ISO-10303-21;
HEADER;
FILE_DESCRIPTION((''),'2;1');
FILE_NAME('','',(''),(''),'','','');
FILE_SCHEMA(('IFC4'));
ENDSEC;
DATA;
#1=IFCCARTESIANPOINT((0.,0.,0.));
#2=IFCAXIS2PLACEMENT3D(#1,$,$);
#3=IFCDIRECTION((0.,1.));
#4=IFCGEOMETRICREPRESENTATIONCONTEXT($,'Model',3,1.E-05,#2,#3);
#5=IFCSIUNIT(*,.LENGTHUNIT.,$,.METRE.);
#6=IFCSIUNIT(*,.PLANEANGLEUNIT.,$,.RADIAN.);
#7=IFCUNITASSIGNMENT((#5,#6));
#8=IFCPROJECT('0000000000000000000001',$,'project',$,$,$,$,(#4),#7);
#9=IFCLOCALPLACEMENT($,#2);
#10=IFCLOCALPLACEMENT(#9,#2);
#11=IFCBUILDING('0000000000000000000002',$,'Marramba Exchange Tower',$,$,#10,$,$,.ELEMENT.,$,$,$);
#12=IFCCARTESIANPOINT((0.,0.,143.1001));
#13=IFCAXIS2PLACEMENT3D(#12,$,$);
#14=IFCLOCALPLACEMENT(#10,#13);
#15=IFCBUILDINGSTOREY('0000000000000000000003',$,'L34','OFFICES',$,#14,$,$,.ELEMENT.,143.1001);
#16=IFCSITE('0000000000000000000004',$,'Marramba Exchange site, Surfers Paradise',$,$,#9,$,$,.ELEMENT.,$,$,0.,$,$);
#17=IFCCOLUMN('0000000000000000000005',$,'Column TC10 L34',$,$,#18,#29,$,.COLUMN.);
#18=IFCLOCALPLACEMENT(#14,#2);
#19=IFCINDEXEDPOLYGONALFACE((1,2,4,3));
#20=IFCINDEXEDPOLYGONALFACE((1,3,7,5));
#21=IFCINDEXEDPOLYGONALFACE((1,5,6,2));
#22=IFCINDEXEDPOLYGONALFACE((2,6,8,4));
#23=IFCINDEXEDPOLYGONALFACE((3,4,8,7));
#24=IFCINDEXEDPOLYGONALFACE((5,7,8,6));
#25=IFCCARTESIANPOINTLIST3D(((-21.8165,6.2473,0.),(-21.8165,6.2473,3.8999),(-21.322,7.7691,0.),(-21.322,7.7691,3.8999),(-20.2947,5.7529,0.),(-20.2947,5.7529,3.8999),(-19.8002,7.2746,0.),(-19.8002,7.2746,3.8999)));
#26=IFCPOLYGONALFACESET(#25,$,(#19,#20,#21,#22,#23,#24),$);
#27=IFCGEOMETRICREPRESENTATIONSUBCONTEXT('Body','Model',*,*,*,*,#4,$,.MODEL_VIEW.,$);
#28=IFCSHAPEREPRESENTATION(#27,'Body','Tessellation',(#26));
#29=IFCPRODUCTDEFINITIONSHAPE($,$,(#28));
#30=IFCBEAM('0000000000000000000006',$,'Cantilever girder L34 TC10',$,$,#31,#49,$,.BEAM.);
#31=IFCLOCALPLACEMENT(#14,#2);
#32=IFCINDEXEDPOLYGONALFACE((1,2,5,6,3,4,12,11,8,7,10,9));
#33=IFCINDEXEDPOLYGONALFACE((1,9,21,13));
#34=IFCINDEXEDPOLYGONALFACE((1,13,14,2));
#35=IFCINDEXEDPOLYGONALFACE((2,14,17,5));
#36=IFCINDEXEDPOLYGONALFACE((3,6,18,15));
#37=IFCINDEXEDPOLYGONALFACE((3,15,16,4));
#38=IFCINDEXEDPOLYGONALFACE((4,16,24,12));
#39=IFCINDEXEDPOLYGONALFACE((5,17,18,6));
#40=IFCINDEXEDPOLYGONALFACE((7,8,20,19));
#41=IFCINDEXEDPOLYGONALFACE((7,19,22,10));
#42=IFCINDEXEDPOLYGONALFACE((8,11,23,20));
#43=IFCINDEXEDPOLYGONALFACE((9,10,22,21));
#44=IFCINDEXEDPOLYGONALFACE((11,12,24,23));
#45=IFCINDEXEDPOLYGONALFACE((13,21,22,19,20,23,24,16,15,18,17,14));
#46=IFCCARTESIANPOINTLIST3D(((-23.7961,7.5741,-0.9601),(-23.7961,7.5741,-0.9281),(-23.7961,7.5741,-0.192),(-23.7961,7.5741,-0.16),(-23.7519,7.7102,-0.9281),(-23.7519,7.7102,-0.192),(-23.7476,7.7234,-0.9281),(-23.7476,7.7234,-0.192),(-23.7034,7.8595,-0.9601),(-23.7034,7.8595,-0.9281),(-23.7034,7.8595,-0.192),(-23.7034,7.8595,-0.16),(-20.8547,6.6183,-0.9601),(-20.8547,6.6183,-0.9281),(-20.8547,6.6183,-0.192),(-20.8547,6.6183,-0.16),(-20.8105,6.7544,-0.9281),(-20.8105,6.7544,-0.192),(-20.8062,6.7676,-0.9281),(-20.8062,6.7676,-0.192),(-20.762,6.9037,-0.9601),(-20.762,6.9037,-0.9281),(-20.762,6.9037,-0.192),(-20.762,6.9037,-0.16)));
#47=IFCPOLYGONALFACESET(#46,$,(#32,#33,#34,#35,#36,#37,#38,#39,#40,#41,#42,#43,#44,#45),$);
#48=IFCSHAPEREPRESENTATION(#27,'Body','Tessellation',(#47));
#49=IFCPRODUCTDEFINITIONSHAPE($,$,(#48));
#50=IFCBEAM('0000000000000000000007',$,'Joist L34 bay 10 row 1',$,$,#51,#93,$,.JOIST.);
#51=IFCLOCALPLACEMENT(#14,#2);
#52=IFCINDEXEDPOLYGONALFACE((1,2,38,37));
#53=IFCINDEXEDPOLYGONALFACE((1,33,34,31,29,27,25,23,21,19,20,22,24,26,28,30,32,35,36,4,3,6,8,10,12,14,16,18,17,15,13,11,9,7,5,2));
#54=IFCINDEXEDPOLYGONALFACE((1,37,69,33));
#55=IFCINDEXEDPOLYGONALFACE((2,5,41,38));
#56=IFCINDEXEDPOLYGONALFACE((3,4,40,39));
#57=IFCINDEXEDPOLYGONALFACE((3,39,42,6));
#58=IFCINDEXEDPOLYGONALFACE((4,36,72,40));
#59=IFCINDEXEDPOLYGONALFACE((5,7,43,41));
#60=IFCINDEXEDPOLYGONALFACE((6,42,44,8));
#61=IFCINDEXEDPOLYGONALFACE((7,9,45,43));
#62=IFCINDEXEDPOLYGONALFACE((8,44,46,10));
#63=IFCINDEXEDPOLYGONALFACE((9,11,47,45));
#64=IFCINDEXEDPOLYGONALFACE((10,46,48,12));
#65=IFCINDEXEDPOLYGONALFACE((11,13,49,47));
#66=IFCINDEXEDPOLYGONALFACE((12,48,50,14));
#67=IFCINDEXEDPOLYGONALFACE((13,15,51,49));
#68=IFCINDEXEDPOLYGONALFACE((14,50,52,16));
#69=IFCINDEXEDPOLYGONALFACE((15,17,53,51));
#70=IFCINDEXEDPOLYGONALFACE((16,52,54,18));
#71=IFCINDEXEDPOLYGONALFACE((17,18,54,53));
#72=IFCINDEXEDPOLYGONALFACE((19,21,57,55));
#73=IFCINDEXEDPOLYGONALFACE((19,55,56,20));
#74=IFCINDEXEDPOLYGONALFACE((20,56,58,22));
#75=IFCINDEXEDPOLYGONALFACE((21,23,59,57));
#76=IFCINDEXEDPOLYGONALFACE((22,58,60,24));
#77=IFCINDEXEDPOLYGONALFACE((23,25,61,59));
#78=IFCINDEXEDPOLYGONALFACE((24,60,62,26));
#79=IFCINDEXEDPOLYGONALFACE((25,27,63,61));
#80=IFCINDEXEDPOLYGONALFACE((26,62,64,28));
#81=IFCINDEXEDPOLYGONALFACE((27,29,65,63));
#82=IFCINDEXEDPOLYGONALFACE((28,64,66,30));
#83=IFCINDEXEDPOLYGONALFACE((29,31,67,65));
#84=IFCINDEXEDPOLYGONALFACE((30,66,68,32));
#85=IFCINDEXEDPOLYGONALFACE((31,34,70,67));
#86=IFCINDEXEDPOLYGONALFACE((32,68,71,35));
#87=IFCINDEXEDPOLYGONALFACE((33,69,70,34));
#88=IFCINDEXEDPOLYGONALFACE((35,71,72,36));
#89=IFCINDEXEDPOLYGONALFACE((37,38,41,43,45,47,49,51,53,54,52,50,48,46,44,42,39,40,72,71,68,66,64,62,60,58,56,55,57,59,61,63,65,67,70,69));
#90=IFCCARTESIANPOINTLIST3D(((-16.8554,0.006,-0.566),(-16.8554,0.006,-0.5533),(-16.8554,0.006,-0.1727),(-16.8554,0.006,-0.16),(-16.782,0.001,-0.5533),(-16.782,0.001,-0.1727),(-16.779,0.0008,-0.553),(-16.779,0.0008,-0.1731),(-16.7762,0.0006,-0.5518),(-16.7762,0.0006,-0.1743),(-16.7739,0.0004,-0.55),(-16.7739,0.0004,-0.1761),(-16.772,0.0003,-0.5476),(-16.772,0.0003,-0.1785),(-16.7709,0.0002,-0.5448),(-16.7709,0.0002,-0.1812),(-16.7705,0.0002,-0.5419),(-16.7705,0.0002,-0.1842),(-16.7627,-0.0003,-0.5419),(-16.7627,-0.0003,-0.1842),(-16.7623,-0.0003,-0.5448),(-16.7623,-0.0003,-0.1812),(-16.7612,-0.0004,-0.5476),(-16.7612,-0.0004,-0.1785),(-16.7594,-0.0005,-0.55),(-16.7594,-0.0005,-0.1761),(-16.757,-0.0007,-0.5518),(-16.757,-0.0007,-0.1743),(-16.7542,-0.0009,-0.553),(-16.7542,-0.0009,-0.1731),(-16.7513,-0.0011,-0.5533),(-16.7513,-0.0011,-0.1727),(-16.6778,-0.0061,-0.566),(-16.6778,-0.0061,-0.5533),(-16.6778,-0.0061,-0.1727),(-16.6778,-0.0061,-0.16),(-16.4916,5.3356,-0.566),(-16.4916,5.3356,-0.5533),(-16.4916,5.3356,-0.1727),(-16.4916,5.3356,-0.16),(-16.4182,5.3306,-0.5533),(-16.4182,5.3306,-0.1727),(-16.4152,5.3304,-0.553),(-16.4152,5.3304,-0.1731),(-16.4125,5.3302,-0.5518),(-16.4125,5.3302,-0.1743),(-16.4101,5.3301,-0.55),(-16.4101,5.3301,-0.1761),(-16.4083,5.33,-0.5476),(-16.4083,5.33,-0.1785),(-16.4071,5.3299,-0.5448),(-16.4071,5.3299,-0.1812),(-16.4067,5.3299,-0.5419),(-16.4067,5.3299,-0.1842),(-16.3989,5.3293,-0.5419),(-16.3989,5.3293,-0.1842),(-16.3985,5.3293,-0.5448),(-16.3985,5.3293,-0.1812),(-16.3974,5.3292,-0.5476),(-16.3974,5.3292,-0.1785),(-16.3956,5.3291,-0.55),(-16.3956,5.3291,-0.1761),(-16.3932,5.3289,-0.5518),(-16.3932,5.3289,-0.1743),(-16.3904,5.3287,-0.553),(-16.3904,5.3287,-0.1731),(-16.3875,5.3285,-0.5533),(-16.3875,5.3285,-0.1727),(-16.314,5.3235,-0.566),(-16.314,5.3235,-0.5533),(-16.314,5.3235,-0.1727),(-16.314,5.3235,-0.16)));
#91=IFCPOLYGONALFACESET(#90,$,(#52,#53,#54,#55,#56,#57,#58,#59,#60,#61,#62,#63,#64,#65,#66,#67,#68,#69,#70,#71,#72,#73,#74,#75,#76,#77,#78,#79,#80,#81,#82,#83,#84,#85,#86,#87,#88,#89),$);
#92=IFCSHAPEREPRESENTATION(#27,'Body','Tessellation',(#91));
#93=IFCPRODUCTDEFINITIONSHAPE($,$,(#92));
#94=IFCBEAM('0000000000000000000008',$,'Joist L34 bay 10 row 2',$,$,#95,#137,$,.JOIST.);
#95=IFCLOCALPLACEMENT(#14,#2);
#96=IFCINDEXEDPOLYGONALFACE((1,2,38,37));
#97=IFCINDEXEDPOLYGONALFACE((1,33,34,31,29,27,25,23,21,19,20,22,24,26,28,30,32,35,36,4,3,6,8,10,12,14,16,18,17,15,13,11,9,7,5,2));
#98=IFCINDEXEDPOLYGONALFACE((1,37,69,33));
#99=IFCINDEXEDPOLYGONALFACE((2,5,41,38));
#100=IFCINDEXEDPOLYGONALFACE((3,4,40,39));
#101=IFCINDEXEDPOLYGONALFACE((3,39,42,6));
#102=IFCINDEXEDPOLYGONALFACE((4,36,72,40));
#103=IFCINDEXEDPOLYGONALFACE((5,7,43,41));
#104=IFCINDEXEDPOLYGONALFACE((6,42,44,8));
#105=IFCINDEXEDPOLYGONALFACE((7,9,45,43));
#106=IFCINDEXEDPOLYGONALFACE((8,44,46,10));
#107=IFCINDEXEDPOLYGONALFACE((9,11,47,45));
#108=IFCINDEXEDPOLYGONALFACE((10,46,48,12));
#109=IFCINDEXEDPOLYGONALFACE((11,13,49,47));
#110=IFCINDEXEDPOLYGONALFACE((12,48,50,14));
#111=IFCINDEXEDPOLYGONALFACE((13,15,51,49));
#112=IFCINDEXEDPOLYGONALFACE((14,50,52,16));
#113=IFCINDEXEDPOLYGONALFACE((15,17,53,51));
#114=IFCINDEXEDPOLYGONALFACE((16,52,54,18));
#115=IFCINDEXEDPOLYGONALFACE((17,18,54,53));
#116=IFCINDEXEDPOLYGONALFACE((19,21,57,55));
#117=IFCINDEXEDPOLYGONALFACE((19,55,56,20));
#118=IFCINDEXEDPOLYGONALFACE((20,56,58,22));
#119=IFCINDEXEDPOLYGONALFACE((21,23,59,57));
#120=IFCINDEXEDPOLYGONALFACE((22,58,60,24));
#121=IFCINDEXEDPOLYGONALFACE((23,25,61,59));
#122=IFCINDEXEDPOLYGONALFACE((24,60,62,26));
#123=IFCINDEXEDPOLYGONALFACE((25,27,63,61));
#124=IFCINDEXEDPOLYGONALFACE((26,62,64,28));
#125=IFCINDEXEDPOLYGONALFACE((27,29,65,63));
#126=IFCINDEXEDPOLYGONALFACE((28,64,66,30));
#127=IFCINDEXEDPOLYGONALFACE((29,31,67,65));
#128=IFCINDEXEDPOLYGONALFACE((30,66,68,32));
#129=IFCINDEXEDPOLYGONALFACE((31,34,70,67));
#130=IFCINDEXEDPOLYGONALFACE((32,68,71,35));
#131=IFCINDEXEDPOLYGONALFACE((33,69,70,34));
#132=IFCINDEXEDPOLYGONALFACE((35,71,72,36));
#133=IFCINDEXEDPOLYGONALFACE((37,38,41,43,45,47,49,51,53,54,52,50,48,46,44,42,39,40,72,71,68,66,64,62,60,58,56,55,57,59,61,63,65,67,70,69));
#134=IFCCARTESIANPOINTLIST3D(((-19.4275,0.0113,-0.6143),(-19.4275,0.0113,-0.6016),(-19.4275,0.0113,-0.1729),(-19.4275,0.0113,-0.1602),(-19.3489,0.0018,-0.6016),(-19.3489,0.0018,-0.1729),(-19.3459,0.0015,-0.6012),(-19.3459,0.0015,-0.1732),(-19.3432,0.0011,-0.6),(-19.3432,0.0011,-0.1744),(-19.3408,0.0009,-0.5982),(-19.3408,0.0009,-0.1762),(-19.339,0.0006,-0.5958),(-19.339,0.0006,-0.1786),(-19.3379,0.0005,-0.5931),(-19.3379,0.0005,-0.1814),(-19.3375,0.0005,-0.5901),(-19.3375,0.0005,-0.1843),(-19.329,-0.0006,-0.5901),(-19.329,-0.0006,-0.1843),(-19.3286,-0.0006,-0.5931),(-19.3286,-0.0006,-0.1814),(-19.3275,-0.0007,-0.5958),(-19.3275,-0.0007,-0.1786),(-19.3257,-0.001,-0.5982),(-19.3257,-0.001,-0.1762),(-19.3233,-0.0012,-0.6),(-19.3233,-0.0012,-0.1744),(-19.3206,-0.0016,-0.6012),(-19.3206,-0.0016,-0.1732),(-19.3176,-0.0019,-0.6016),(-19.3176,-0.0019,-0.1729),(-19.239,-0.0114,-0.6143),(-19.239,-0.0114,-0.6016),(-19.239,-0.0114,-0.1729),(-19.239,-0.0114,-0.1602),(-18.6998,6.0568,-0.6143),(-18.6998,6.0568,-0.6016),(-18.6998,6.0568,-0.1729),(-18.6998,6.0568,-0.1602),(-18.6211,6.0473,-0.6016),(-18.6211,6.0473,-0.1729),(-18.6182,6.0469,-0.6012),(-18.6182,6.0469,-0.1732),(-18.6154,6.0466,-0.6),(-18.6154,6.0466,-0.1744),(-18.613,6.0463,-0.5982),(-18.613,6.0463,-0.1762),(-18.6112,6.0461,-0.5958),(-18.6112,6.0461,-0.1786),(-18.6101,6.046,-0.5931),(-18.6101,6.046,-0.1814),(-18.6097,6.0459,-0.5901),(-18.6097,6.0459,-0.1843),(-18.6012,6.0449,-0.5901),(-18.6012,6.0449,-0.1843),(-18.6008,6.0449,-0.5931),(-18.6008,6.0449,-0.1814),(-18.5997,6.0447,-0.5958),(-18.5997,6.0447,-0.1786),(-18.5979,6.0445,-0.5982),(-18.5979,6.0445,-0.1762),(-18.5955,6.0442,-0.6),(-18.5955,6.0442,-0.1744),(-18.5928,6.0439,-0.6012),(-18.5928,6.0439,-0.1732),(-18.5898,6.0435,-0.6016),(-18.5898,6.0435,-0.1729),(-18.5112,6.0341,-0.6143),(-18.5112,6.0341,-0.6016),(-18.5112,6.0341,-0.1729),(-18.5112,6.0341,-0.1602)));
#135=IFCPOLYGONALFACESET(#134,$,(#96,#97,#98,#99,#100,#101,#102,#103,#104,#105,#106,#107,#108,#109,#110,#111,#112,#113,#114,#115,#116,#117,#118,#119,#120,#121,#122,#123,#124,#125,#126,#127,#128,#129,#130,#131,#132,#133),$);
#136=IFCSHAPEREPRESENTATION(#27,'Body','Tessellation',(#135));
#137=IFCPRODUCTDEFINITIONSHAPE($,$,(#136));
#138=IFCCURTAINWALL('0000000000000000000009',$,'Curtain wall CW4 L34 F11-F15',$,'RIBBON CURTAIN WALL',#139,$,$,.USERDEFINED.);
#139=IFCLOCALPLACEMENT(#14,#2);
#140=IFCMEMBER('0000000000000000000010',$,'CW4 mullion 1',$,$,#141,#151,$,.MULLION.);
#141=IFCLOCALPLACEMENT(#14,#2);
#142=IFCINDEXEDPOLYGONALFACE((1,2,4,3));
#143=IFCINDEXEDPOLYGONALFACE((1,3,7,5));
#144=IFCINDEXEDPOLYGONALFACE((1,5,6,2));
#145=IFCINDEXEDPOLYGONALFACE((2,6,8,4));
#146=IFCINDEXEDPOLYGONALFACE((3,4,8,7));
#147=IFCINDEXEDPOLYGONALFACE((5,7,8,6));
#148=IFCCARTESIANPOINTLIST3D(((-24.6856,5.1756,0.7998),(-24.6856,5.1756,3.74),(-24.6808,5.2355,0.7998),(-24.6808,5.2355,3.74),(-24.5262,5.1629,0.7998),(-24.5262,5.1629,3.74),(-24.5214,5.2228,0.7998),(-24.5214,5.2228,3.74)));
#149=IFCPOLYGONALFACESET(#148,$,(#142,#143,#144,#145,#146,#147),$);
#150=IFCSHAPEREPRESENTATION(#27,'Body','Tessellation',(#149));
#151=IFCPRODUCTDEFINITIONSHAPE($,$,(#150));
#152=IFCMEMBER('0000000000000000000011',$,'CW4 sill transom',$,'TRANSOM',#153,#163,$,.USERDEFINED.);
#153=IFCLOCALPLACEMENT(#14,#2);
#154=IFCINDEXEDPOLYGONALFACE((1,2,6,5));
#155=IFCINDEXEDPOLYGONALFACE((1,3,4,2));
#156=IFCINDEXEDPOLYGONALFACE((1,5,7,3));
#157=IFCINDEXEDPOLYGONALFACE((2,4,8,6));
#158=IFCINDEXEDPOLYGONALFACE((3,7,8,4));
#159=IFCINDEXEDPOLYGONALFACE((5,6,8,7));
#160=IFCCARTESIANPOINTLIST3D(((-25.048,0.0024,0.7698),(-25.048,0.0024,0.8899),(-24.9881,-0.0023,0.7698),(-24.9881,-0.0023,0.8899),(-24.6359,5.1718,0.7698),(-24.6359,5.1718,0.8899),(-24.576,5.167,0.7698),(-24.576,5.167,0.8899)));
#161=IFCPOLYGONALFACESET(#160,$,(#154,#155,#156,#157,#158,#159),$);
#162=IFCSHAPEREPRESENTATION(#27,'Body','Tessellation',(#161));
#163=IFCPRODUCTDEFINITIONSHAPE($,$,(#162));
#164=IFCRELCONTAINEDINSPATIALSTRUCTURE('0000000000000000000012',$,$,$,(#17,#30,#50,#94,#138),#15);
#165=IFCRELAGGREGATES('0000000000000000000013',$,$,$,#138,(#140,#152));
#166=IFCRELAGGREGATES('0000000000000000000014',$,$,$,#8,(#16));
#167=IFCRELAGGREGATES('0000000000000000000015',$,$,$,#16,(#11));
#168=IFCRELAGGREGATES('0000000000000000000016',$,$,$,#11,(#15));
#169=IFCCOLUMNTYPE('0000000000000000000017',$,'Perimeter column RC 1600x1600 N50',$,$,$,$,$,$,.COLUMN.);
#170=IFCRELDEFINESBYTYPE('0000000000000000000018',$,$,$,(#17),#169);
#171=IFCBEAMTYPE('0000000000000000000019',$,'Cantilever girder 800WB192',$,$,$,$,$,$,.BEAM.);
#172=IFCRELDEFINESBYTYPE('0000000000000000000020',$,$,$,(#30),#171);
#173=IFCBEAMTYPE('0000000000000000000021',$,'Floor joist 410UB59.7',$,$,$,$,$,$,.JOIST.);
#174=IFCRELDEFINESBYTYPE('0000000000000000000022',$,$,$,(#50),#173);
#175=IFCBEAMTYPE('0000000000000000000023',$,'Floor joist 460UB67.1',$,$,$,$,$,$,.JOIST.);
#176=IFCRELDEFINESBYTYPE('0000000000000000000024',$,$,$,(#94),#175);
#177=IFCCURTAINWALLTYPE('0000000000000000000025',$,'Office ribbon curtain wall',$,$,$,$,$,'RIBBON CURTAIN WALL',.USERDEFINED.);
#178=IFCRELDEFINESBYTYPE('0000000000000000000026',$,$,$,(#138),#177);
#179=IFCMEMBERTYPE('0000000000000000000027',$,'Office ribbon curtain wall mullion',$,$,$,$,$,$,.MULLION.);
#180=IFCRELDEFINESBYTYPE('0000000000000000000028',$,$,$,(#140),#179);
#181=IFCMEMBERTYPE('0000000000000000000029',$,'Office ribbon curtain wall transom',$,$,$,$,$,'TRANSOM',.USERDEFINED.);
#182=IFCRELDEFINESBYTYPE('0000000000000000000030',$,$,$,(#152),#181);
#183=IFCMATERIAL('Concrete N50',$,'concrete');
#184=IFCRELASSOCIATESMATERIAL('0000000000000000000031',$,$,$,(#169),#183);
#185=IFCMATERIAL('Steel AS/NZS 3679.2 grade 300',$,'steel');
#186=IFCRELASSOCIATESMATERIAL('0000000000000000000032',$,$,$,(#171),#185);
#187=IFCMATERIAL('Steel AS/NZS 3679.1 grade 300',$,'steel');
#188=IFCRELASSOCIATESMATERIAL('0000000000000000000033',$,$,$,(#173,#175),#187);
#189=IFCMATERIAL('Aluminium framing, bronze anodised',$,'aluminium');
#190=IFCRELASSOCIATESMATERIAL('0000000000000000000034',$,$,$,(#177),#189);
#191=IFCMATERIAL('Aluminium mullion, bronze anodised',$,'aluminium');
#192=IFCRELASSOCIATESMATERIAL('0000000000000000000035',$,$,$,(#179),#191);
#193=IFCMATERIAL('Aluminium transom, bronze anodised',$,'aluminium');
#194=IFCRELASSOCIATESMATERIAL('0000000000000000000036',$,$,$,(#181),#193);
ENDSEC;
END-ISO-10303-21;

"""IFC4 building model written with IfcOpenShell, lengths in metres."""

from ifc_helpers import new_model, si_unit, direction, frame, origin, origin_2d, place, context, subcontext, project, spatial, rectangle, i_section, extrude, material, material_profile, profile_set, type_object, element, aggregate, save


model = new_model("IFC4")

# Units and contexts
model_context = context("Model", 3, precision=1e-05, world=origin(), true_north=direction((0.0, 1.0)))
body_context = subcontext(model_context, "Body", "Model", "MODEL_VIEW")
ifc_project = project(units=[si_unit("LENGTHUNIT", "METRE"), si_unit("PLANEANGLEUNIT", "RADIAN")], contexts=[model_context])

# Site, building, storey
site_placement = place(None, origin())
site = spatial("IfcSite", under=ifc_project, at=site_placement, Name="Marramba Exchange site, Surfers Paradise", CompositionType="ELEMENT", RefElevation=0.0)
building_placement = place(site_placement, origin())
building = spatial("IfcBuilding", under=site, at=building_placement, Name="Marramba Exchange Tower", CompositionType="ELEMENT")
storey_placement = place(building_placement, frame((0.0, 0.0, 143.1001)))
storey = spatial("IfcBuildingStorey", under=building, at=storey_placement, Name="L34", Description="OFFICES", CompositionType="ELEMENT", Elevation=143.1001)

# Column
ifc_material_1 = material(Name="Concrete N50", Category="concrete")
ifc_material_profile_1 = material_profile(ifc_material_1, rectangle(XDim=1.6001, YDim=1.6001, at=origin_2d()), Name="RC 1600x1600")
ifc_profile_set_1 = profile_set([ifc_material_profile_1], Name="Concrete N50")
column_type = type_object("IfcColumnType", Name="Perimeter column RC 1600x1600 N50", PredefinedType="COLUMN", material=ifc_profile_set_1)
column_placement = place(storey_placement, frame((-20.8083, 6.761, 0.0), z_axis=(0.0, 0.0, 1.0), x_axis=(-0.951057, 0.309017, 0.0)))
element("IfcColumn", 1, at=column_placement, inside=storey, type_object=column_type, Name="Column TC10 L34", PredefinedType="COLUMN", context=body_context, shape_type="SweptSolid", body=[
    extrude(rectangle(XDim=1.6001, YDim=1.6001, at=origin_2d()), origin(), (0.0, 0.0, 1.0), 3.8999),
])

# Beams
ifc_material_2 = material(Name="Steel AS/NZS 3679.2 grade 300", Category="steel")
ifc_material_profile_2 = material_profile(ifc_material_2, i_section(OverallWidth=0.3, OverallDepth=0.8, WebThickness=0.0139, FlangeThickness=0.032, at=origin_2d()), Name="800WB192")
ifc_profile_set_2 = profile_set([ifc_material_profile_2], Name="Steel AS/NZS 3679.2 grade 300")
beam_type_1 = type_object("IfcBeamType", Name="Cantilever girder 800WB192", PredefinedType="BEAM", material=ifc_profile_set_2)
beam_1_placement = place(storey_placement, frame((-20.8083, 6.761, -0.5601), z_axis=(-0.951048, 0.309043, 0.0), x_axis=(-0.309043, -0.951048, 0.0)))
element("IfcBeam", 2, at=beam_1_placement, inside=storey, type_object=beam_type_1, Name="Cantilever girder L34 TC10", PredefinedType="BEAM", context=body_context, shape_type="SweptSolid", body=[
    extrude(i_section(OverallWidth=0.3, OverallDepth=0.8, WebThickness=0.0139, FlangeThickness=0.032, at=origin_2d()), origin(), (0.0, 0.0, 1.0), 3.0928),
])
ifc_material_3 = material(Name="Steel AS/NZS 3679.1 grade 300", Category="steel")
ifc_material_profile_3 = material_profile(ifc_material_3, i_section(OverallWidth=0.178, OverallDepth=0.406, WebThickness=0.0078, FlangeThickness=0.0127, FilletRadius=0.0115, at=origin_2d()), Name="410UB59.7")
ifc_profile_set_3 = profile_set([ifc_material_profile_3], Name="Steel AS/NZS 3679.1 grade 300")
beam_type_2 = type_object("IfcBeamType", Name="Floor joist 410UB59.7", PredefinedType="JOIST", material=ifc_profile_set_3)
beam_2_placement = place(storey_placement, frame((-16.4028, 5.3296, -0.363), z_axis=(-0.068096, -0.997679, 0.0), x_axis=(0.997679, -0.068096, 0.0)))
element("IfcBeam", 3, at=beam_2_placement, inside=storey, type_object=beam_type_2, Name="Joist L34 bay 10 row 1", PredefinedType="JOIST", context=body_context, shape_type="SweptSolid", body=[
    extrude(i_section(OverallWidth=0.178, OverallDepth=0.406, WebThickness=0.0078, FlangeThickness=0.0127, FilletRadius=0.0115, at=origin_2d()), origin(), (0.0, 0.0, 1.0), 5.342),
])
ifc_material_profile_4 = material_profile(ifc_material_3, i_section(OverallWidth=0.1899, OverallDepth=0.4541, WebThickness=0.0085, FlangeThickness=0.0127, FilletRadius=0.0115, at=origin_2d()), Name="460UB67.1")
ifc_profile_set_4 = profile_set([ifc_material_profile_4], Name="Steel AS/NZS 3679.1 grade 300")
beam_type_3 = type_object("IfcBeamType", Name="Floor joist 460UB67.1", PredefinedType="JOIST", material=ifc_profile_set_4)
beam_3_placement = place(storey_placement, frame((-18.6055, 6.0454, -0.3872), z_axis=(-0.119523, -0.992831, 0.0), x_axis=(0.992831, -0.119523, 0.0)))
element("IfcBeam", 4, at=beam_3_placement, inside=storey, type_object=beam_type_3, Name="Joist L34 bay 10 row 2", PredefinedType="JOIST", context=body_context, shape_type="SweptSolid", body=[
    extrude(i_section(OverallWidth=0.1899, OverallDepth=0.4541, WebThickness=0.0085, FlangeThickness=0.0127, FilletRadius=0.0115, at=origin_2d()), origin(), (0.0, 0.0, 1.0), 6.0891),
])

# Curtain wall, members
ifc_material_4 = material(Name="Aluminium framing, bronze anodised", Category="aluminium")
curtain_wall_type = type_object("IfcCurtainWallType", Name="Office ribbon curtain wall", ElementType="RIBBON CURTAIN WALL", PredefinedType="USERDEFINED", material=ifc_material_4)
curtain_wall_placement = place(storey_placement, origin())
curtain_wall = element("IfcCurtainWall", 5, at=curtain_wall_placement, inside=storey, type_object=curtain_wall_type, Name="Curtain wall CW4 L34 F11-F15", ObjectType="RIBBON CURTAIN WALL", PredefinedType="USERDEFINED")
ifc_material_5 = material(Name="Aluminium mullion, bronze anodised", Category="aluminium")
ifc_material_profile_5 = material_profile(ifc_material_5, rectangle(XDim=0.1599, YDim=0.0601, at=origin_2d()), Name="CW4 mullion 60x160")
ifc_profile_set_5 = profile_set([ifc_material_profile_5], Name="Aluminium mullion, bronze anodised")
member_type_1 = type_object("IfcMemberType", Name="Office ribbon curtain wall mullion", PredefinedType="MULLION", material=ifc_profile_set_5)
member_1_placement = place(storey_placement, frame((-24.6035, 5.1992, 0.7998), z_axis=(0.0, 0.0, 1.0), x_axis=(0.996838, -0.07946, 0.0)))
member_1 = element("IfcMember", 6, at=member_1_placement, type_object=member_type_1, Name="CW4 mullion 1", PredefinedType="MULLION", context=body_context, shape_type="SweptSolid", body=[
    extrude(rectangle(XDim=0.1599, YDim=0.0601, at=origin_2d()), origin(), (0.0, 0.0, 1.0), 2.9402),
])
ifc_material_6 = material(Name="Aluminium transom, bronze anodised", Category="aluminium")
ifc_material_profile_6 = material_profile(ifc_material_6, rectangle(XDim=0.0601, YDim=0.1201, at=origin_2d()), Name="CW4 transom 60x120")
ifc_profile_set_6 = profile_set([ifc_material_profile_6], Name="Aluminium transom, bronze anodised")
member_type_2 = type_object("IfcMemberType", Name="Office ribbon curtain wall transom", ElementType="TRANSOM", PredefinedType="USERDEFINED", material=ifc_profile_set_6)
member_2_placement = place(storey_placement, frame((-24.606, 5.1694, 0.8298), z_axis=(-0.079468, -0.996837, 0.0), x_axis=(0.996837, -0.079468, 0.0)))
member_2 = element("IfcMember", 7, at=member_2_placement, type_object=member_type_2, Name="CW4 sill transom", ObjectType="TRANSOM", PredefinedType="USERDEFINED", context=body_context, shape_type="SweptSolid", body=[
    extrude(rectangle(XDim=0.0601, YDim=0.1201, at=origin_2d()), origin(), (0.0, 0.0, 1.0), 5.1858),
])

aggregate(curtain_wall, [member_1, member_2])

save(model, "model.ifc")
